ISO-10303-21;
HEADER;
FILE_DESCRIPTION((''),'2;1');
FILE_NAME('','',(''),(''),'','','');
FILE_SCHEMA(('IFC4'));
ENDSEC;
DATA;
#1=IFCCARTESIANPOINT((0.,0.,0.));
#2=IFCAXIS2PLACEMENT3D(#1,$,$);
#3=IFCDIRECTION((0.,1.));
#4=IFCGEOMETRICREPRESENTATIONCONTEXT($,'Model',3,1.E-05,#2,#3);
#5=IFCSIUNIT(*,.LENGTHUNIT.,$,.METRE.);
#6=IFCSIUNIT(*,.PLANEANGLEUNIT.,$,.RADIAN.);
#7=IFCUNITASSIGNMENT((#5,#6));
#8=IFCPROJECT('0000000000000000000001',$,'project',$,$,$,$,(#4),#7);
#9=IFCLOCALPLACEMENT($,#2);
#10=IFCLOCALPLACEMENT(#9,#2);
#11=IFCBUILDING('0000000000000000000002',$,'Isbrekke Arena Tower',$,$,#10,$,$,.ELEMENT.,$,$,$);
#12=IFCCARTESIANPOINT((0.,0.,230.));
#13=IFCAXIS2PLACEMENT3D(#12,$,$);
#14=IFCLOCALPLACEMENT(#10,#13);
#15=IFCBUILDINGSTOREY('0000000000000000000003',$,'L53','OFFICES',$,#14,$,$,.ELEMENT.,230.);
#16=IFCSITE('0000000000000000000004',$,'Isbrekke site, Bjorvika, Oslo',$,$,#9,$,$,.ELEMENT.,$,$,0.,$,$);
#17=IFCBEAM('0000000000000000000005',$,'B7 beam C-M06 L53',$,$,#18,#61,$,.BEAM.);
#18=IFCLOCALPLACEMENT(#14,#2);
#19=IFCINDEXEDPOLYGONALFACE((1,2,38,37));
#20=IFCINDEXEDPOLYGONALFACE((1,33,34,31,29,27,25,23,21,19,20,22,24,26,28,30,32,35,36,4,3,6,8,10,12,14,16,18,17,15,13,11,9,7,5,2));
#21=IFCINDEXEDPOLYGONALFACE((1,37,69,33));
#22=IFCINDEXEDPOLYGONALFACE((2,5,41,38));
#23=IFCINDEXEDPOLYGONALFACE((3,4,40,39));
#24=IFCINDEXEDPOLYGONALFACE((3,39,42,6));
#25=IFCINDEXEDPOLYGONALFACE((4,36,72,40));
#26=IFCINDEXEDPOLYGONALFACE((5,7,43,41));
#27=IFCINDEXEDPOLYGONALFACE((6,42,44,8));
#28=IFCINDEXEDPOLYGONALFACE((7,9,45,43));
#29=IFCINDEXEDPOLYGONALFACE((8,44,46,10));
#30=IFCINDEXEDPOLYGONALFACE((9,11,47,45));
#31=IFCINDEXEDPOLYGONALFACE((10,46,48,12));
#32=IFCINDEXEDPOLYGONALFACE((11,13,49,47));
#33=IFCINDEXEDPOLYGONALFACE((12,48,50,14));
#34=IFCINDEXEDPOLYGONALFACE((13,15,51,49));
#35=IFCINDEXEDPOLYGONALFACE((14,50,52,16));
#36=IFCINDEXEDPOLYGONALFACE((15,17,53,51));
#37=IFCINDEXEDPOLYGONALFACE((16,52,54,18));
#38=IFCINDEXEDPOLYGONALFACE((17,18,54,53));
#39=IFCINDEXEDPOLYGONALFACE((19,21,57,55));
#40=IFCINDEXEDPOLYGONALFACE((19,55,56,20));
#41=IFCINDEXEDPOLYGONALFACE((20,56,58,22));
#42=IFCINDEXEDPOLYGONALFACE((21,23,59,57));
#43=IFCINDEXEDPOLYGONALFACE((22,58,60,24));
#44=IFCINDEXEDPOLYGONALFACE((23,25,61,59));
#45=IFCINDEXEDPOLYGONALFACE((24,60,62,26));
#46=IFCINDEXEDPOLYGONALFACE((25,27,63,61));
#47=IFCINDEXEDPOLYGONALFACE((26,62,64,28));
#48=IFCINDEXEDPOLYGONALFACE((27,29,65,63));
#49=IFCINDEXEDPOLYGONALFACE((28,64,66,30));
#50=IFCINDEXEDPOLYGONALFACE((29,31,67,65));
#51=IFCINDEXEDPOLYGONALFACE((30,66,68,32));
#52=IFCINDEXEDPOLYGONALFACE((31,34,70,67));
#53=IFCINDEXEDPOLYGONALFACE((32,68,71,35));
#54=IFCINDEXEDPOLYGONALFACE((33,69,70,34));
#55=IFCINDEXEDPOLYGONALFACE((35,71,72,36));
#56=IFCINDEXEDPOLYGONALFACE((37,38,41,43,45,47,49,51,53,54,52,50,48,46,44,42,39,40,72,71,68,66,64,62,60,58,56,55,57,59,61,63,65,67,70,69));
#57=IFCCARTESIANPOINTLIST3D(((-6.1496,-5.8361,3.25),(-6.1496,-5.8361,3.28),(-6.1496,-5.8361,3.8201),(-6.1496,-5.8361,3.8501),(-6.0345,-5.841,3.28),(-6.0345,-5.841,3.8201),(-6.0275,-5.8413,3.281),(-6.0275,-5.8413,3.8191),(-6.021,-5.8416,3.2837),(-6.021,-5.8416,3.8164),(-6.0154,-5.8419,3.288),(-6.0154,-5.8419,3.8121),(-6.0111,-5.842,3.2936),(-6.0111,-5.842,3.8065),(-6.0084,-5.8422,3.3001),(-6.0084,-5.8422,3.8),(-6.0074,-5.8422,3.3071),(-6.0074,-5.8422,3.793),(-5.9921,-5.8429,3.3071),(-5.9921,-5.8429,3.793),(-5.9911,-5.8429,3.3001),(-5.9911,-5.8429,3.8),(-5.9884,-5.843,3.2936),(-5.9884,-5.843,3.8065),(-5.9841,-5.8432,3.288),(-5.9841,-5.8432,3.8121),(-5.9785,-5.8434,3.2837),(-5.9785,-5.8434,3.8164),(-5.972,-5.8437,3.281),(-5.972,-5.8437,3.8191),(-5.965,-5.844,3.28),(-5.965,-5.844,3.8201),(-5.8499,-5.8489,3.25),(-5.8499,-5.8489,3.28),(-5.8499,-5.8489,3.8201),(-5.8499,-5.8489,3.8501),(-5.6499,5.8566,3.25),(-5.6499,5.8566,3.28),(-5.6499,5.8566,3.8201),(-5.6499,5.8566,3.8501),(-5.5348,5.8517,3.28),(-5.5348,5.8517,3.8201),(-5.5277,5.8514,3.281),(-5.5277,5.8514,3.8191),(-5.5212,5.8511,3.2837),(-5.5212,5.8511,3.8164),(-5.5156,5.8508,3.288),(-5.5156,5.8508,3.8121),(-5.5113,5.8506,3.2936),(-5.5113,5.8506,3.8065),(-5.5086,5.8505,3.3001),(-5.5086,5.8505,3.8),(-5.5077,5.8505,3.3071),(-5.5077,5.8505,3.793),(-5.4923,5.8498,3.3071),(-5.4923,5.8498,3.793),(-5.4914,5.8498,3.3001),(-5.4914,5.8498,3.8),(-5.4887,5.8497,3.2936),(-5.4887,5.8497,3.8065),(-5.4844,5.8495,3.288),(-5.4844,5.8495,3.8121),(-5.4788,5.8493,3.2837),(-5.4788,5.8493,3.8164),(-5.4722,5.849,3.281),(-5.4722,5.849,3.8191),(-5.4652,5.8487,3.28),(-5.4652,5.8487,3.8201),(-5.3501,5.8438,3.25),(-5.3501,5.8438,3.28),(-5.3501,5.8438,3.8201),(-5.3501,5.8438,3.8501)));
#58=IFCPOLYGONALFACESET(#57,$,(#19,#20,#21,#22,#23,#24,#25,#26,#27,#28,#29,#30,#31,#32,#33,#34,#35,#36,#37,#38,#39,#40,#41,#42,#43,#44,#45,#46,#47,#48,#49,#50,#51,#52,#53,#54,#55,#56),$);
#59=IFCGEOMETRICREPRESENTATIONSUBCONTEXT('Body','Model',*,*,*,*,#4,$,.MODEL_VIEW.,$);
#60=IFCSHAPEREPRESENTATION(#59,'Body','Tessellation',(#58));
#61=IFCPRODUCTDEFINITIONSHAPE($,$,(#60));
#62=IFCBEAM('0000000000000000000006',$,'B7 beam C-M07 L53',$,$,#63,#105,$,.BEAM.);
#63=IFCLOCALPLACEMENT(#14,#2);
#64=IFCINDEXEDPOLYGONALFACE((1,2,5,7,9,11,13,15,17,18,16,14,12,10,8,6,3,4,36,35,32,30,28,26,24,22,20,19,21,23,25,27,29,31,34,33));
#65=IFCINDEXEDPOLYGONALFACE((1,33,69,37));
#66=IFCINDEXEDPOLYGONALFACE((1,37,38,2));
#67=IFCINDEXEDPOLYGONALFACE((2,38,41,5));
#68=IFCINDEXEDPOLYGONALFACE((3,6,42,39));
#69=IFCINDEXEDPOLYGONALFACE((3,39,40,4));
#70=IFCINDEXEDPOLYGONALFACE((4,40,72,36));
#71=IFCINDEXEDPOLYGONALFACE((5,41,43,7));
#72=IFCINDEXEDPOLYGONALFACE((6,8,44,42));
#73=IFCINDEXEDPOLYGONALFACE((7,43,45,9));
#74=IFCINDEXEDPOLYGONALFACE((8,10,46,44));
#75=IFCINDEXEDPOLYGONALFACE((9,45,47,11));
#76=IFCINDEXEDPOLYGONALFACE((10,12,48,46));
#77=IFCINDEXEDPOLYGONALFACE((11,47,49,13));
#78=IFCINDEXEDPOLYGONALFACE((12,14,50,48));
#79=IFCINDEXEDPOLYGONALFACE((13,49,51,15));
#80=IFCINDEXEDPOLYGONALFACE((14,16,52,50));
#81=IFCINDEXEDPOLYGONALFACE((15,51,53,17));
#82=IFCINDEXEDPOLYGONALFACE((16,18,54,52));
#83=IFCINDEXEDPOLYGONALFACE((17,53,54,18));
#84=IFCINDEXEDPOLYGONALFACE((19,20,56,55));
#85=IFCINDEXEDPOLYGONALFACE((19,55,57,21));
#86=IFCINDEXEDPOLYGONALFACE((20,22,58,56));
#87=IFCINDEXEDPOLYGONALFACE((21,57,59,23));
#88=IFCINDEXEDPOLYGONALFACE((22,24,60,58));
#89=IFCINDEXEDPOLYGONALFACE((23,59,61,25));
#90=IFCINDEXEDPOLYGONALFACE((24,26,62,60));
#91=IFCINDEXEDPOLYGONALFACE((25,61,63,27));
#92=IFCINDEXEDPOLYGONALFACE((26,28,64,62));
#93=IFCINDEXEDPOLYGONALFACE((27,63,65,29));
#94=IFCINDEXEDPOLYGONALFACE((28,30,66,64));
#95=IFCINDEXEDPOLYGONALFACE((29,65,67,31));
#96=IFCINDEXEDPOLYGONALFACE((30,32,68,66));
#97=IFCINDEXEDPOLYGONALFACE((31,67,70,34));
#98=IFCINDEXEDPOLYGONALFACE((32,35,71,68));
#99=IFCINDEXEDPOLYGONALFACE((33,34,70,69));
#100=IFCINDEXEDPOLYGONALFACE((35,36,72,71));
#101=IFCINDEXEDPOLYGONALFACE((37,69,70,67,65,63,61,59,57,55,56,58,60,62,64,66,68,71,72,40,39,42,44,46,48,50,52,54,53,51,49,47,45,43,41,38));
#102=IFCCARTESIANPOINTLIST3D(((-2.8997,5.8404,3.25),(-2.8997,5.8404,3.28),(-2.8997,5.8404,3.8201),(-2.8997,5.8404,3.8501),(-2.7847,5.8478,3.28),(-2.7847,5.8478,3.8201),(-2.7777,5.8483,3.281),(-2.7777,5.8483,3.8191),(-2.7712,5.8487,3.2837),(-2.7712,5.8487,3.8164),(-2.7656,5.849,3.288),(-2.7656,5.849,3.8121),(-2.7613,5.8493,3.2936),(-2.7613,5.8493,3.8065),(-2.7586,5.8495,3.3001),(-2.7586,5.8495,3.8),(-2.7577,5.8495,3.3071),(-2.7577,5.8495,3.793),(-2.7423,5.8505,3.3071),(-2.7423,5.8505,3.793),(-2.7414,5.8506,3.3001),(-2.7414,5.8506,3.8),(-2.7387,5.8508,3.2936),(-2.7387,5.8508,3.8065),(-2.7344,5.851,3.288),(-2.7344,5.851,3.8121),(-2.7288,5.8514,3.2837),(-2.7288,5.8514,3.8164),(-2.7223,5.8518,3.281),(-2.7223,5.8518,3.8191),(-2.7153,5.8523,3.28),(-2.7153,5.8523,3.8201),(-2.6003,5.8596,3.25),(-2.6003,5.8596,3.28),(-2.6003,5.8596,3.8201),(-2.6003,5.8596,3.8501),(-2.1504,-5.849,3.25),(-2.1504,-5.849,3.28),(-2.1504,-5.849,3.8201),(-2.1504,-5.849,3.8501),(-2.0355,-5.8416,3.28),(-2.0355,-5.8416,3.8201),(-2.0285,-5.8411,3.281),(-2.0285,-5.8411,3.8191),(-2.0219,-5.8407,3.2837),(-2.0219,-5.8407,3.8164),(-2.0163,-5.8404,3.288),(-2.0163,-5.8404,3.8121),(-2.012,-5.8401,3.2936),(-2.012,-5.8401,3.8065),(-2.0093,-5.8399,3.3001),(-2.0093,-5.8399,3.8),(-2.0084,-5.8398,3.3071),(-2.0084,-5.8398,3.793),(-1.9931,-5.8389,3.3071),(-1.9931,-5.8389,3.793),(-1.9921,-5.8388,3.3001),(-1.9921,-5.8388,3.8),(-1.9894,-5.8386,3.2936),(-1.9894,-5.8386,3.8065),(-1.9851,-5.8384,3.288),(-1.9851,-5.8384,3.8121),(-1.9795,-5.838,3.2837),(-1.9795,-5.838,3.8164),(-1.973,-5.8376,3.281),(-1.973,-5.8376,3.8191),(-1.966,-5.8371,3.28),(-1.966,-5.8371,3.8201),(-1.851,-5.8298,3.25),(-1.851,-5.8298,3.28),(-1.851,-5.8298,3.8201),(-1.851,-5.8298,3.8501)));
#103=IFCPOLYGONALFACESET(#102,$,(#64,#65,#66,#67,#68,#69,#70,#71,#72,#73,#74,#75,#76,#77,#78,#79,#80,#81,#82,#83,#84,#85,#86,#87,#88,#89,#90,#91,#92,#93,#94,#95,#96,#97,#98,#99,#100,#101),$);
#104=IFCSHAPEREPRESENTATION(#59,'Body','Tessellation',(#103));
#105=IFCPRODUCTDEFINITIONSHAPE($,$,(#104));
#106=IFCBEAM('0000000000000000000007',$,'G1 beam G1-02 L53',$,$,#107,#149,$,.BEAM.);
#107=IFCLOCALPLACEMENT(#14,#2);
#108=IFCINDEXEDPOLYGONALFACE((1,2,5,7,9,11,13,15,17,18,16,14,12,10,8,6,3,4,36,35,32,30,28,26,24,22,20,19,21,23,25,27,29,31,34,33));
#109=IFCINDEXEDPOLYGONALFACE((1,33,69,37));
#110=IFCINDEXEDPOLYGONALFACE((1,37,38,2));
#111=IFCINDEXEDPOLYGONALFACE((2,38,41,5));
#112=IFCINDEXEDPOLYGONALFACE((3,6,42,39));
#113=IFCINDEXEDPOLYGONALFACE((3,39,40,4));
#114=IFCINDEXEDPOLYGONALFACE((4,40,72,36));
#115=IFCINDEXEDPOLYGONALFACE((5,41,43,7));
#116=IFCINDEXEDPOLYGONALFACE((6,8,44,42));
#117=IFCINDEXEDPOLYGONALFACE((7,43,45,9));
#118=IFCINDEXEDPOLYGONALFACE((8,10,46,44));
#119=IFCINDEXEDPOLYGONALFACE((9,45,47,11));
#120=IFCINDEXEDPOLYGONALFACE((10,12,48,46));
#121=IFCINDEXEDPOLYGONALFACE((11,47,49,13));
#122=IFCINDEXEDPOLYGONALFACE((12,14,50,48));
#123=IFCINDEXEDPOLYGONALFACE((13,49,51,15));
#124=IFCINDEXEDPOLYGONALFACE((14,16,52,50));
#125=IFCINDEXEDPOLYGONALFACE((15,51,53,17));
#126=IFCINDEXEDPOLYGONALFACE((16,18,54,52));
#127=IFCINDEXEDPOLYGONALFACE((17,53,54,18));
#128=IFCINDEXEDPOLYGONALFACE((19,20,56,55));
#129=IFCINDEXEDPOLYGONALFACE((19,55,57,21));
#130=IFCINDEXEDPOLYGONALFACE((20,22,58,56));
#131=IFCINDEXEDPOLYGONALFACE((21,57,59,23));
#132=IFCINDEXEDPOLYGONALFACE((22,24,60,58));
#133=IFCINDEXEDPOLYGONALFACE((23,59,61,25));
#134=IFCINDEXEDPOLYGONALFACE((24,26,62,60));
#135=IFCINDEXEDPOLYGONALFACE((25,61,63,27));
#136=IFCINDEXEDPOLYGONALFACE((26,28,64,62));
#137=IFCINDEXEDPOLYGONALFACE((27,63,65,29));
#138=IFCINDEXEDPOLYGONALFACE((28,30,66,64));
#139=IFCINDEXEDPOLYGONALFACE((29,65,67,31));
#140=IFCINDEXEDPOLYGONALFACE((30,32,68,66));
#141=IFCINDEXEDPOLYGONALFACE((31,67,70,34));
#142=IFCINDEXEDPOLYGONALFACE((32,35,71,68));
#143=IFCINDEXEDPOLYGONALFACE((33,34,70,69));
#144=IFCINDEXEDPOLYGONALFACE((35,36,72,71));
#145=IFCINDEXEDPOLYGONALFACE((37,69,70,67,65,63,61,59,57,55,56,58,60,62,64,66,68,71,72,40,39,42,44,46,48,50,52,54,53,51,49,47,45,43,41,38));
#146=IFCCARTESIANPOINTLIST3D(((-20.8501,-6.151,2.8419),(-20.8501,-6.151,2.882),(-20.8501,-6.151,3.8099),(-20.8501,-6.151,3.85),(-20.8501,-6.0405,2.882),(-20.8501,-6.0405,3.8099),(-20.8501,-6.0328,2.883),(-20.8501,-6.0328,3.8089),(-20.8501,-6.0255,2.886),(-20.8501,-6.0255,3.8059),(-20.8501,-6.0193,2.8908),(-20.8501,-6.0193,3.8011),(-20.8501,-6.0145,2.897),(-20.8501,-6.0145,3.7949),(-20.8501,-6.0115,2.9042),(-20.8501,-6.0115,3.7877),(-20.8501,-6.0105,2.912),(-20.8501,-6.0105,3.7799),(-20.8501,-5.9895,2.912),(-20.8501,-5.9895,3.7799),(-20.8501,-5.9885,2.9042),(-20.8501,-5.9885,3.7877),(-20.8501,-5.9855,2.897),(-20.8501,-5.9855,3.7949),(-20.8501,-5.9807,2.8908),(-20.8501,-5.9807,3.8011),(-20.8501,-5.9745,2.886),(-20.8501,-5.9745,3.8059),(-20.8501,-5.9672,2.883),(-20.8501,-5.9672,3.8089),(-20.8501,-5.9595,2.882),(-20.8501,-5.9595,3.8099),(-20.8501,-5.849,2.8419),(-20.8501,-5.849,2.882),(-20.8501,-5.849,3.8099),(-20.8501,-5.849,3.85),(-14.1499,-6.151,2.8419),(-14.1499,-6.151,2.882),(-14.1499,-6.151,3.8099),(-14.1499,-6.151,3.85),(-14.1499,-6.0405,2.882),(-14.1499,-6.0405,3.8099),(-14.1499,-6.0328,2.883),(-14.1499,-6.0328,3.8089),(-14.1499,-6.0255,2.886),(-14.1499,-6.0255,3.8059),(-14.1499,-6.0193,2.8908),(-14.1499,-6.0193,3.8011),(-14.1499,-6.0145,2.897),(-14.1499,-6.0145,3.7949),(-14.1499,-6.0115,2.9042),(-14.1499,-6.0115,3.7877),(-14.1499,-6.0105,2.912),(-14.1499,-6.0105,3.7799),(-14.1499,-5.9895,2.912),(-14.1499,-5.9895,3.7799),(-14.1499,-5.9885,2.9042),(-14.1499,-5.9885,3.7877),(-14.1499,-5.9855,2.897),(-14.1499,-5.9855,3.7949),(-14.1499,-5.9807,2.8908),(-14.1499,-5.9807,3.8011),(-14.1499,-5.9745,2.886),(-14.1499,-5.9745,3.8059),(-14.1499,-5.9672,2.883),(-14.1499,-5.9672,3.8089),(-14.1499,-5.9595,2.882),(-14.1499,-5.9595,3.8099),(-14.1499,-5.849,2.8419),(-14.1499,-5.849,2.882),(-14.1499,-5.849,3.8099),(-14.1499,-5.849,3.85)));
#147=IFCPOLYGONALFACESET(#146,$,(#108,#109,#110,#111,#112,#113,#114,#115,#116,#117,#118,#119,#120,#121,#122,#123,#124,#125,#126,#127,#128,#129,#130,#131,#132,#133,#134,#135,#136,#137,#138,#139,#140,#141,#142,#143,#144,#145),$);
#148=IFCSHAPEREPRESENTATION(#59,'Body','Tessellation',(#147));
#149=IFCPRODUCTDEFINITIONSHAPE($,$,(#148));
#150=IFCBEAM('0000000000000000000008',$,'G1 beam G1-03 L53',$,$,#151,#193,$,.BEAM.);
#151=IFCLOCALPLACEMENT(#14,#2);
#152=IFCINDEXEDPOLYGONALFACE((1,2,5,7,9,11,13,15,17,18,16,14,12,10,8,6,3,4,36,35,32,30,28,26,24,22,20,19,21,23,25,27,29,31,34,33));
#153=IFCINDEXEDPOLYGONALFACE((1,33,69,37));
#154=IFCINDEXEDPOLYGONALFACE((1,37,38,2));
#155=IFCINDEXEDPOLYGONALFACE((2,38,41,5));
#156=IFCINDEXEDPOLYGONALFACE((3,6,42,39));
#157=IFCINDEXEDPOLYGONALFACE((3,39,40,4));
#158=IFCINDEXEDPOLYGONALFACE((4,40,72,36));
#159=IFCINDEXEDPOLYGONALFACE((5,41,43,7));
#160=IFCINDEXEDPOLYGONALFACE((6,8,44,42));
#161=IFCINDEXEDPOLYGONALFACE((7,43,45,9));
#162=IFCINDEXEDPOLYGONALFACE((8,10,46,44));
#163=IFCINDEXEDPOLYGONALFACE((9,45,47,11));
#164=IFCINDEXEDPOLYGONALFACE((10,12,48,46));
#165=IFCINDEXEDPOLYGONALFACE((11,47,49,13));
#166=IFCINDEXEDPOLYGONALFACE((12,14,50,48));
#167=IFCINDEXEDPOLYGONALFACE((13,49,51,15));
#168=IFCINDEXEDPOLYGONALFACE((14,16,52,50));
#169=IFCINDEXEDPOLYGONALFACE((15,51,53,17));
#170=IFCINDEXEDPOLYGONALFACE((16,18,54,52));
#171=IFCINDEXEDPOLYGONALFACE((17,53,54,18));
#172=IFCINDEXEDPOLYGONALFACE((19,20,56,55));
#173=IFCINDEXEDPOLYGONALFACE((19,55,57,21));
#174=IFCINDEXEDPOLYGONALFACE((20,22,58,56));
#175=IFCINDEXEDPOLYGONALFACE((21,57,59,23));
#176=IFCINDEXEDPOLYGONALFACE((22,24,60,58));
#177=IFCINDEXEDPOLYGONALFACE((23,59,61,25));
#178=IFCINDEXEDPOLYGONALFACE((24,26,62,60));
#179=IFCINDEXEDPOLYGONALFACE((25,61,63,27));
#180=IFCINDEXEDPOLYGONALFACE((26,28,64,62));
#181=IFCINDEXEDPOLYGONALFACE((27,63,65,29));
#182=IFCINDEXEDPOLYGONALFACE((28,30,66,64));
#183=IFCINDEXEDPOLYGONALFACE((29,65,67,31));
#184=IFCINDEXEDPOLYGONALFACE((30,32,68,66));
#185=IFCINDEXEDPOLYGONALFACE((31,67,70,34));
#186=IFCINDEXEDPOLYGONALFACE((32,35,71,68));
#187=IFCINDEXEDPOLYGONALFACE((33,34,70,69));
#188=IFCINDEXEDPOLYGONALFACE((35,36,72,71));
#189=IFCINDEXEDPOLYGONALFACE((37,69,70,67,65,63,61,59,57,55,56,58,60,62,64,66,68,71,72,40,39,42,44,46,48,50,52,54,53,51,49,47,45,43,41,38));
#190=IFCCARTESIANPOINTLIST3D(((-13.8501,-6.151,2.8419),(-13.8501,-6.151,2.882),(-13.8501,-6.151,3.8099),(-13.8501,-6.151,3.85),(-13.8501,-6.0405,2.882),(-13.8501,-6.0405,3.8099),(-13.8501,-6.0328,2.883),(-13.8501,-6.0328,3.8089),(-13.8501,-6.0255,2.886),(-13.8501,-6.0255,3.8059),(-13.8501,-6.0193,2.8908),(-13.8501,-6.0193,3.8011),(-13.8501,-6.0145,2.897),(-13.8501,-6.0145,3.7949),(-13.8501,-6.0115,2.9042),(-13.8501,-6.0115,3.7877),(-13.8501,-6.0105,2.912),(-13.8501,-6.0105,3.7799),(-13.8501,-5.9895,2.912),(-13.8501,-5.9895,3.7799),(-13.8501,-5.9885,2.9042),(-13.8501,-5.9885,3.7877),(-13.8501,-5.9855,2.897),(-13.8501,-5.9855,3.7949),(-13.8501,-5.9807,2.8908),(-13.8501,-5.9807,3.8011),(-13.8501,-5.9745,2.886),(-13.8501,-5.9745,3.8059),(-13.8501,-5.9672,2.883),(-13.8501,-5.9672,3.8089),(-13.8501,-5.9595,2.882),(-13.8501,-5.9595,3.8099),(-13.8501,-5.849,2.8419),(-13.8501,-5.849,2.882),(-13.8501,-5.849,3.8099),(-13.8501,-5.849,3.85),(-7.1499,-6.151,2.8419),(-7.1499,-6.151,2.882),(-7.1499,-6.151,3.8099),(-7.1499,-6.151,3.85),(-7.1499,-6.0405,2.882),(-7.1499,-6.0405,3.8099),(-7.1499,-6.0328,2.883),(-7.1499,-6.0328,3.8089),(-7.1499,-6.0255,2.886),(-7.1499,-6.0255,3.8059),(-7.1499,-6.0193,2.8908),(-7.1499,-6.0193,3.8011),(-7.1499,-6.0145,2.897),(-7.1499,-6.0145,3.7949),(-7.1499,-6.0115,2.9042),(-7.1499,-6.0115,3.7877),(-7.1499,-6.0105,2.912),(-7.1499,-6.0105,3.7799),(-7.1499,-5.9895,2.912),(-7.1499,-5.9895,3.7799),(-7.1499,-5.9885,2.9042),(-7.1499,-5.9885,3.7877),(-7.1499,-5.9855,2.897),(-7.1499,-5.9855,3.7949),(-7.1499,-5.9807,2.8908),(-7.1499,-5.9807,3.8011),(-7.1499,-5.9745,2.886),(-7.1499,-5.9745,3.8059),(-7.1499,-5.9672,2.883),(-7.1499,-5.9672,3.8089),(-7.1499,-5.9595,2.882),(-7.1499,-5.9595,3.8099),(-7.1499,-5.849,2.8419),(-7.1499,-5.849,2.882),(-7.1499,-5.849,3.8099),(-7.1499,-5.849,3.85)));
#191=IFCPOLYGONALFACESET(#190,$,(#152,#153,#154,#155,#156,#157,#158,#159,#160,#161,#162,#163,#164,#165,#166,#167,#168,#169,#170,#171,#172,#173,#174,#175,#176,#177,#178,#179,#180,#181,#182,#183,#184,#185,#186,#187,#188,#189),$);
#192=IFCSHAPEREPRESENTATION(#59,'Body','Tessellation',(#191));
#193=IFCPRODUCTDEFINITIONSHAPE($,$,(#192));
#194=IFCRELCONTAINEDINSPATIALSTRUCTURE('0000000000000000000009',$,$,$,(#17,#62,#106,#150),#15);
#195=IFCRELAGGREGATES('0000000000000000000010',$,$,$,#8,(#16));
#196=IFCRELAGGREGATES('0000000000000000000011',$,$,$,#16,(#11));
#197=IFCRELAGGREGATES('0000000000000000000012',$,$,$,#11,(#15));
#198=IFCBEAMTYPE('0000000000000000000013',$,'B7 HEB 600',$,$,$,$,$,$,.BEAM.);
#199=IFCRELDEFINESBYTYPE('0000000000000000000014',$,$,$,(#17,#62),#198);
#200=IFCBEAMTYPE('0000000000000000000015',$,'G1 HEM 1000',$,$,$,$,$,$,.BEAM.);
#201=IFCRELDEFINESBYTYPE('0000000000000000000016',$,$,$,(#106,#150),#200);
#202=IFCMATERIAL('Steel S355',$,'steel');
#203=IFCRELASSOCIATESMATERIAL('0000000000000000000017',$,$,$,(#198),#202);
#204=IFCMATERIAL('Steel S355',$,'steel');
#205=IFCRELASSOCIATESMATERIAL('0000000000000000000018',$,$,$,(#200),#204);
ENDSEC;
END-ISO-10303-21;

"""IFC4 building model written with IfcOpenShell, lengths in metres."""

from ifc_helpers import new_model, si_unit, direction, frame, origin, origin_2d, place, context, subcontext, project, spatial, i_section, extrude, material, material_profile, profile_set, type_object, element, save


model = new_model("IFC4")

# Units and contexts
model_context = context("Model", 3, precision=1e-05, world=origin(), true_north=direction((0.0, 1.0)))
body_context = subcontext(model_context, "Body", "Model", "MODEL_VIEW")
ifc_project = project(units=[si_unit("LENGTHUNIT", "METRE"), si_unit("PLANEANGLEUNIT", "RADIAN")], contexts=[model_context])

# Site, building, storey
site_placement = place(None, origin())
site = spatial("IfcSite", under=ifc_project, at=site_placement, Name="Isbrekke site, Bjorvika, Oslo", CompositionType="ELEMENT", RefElevation=0.0)
building_placement = place(site_placement, origin())
building = spatial("IfcBuilding", under=site, at=building_placement, Name="Isbrekke Arena Tower", CompositionType="ELEMENT")
storey_placement = place(building_placement, frame((0.0, 0.0, 230.0)))
storey = spatial("IfcBuildingStorey", under=building, at=storey_placement, Name="L53", Description="OFFICES", CompositionType="ELEMENT", Elevation=230.0)

# Beams
ifc_material_1 = material(Name="Steel S355", Category="steel")
ifc_material_profile_1 = material_profile(ifc_material_1, i_section(OverallWidth=0.3, OverallDepth=0.6001, WebThickness=0.0154, FlangeThickness=0.03, FilletRadius=0.0271, at=origin_2d()), Name="HEB 600")
ifc_profile_set_1 = profile_set([ifc_material_profile_1], Name="Steel S355")
beam_type_1 = type_object("IfcBeamType", Name="B7 HEB 600", PredefinedType="BEAM", material=ifc_profile_set_1)
beam_1_placement = place(storey_placement, frame((-5.9998, -5.8425, 3.55), z_axis=(0.042702, 0.999088, 0.0), x_axis=(-0.999088, 0.042702, 0.0)))
element("IfcBeam", 1, at=beam_1_placement, inside=storey, type_object=beam_type_1, Name="B7 beam C-M06 L53", PredefinedType="BEAM", context=body_context, shape_type="SweptSolid", body=[
    extrude(i_section(OverallWidth=0.3, OverallDepth=0.6001, WebThickness=0.0154, FlangeThickness=0.03, FilletRadius=0.0271, at=origin_2d()), origin(), (0.0, 0.0, 1.0), 11.7034),
])
beam_2_placement = place(storey_placement, frame((-2.0007, -5.8394, 3.55), z_axis=(-0.063966, 0.997952, 0.0), x_axis=(-0.997952, -0.063966, 0.0)))
element("IfcBeam", 2, at=beam_2_placement, inside=storey, type_object=beam_type_1, Name="B7 beam C-M07 L53", PredefinedType="BEAM", context=body_context, shape_type="SweptSolid", body=[
    extrude(i_section(OverallWidth=0.3, OverallDepth=0.6001, WebThickness=0.0154, FlangeThickness=0.03, FilletRadius=0.0271, at=origin_2d()), origin(), (0.0, 0.0, 1.0), 11.7134),
])
ifc_material_2 = material(Name="Steel S355", Category="steel")
ifc_material_profile_2 = material_profile(ifc_material_2, i_section(OverallWidth=0.302, OverallDepth=1.0081, WebThickness=0.021, FlangeThickness=0.04, FilletRadius=0.03, at=origin_2d()), Name="HEM 1000")
ifc_profile_set_2 = profile_set([ifc_material_profile_2], Name="Steel S355")
beam_type_2 = type_object("IfcBeamType", Name="G1 HEM 1000", PredefinedType="BEAM", material=ifc_profile_set_2)
for number, where, z_axis, x_axis, name in (
    (3, (-20.8501, -6.0, 3.3459), (1.0, 0.0, 0.0), (0.0, 1.0, 0.0), "G1 beam G1-02 L53"),
    (4, (-13.8501, -6.0, 3.3459), (1.0, 0.0, 0.0), (0.0, 1.0, 0.0), "G1 beam G1-03 L53"),
):
    element("IfcBeam", number, at=place(storey_placement, frame(where, z_axis=z_axis, x_axis=x_axis)), inside=storey, type_object=beam_type_2, Name=name, PredefinedType="BEAM", context=body_context, shape_type="SweptSolid", body=[
        extrude(i_section(OverallWidth=0.302, OverallDepth=1.0081, WebThickness=0.021, FlangeThickness=0.04, FilletRadius=0.03, at=origin_2d()), origin(), (0.0, 0.0, 1.0), 6.7002),
    ])

save(model, "model.ifc")
